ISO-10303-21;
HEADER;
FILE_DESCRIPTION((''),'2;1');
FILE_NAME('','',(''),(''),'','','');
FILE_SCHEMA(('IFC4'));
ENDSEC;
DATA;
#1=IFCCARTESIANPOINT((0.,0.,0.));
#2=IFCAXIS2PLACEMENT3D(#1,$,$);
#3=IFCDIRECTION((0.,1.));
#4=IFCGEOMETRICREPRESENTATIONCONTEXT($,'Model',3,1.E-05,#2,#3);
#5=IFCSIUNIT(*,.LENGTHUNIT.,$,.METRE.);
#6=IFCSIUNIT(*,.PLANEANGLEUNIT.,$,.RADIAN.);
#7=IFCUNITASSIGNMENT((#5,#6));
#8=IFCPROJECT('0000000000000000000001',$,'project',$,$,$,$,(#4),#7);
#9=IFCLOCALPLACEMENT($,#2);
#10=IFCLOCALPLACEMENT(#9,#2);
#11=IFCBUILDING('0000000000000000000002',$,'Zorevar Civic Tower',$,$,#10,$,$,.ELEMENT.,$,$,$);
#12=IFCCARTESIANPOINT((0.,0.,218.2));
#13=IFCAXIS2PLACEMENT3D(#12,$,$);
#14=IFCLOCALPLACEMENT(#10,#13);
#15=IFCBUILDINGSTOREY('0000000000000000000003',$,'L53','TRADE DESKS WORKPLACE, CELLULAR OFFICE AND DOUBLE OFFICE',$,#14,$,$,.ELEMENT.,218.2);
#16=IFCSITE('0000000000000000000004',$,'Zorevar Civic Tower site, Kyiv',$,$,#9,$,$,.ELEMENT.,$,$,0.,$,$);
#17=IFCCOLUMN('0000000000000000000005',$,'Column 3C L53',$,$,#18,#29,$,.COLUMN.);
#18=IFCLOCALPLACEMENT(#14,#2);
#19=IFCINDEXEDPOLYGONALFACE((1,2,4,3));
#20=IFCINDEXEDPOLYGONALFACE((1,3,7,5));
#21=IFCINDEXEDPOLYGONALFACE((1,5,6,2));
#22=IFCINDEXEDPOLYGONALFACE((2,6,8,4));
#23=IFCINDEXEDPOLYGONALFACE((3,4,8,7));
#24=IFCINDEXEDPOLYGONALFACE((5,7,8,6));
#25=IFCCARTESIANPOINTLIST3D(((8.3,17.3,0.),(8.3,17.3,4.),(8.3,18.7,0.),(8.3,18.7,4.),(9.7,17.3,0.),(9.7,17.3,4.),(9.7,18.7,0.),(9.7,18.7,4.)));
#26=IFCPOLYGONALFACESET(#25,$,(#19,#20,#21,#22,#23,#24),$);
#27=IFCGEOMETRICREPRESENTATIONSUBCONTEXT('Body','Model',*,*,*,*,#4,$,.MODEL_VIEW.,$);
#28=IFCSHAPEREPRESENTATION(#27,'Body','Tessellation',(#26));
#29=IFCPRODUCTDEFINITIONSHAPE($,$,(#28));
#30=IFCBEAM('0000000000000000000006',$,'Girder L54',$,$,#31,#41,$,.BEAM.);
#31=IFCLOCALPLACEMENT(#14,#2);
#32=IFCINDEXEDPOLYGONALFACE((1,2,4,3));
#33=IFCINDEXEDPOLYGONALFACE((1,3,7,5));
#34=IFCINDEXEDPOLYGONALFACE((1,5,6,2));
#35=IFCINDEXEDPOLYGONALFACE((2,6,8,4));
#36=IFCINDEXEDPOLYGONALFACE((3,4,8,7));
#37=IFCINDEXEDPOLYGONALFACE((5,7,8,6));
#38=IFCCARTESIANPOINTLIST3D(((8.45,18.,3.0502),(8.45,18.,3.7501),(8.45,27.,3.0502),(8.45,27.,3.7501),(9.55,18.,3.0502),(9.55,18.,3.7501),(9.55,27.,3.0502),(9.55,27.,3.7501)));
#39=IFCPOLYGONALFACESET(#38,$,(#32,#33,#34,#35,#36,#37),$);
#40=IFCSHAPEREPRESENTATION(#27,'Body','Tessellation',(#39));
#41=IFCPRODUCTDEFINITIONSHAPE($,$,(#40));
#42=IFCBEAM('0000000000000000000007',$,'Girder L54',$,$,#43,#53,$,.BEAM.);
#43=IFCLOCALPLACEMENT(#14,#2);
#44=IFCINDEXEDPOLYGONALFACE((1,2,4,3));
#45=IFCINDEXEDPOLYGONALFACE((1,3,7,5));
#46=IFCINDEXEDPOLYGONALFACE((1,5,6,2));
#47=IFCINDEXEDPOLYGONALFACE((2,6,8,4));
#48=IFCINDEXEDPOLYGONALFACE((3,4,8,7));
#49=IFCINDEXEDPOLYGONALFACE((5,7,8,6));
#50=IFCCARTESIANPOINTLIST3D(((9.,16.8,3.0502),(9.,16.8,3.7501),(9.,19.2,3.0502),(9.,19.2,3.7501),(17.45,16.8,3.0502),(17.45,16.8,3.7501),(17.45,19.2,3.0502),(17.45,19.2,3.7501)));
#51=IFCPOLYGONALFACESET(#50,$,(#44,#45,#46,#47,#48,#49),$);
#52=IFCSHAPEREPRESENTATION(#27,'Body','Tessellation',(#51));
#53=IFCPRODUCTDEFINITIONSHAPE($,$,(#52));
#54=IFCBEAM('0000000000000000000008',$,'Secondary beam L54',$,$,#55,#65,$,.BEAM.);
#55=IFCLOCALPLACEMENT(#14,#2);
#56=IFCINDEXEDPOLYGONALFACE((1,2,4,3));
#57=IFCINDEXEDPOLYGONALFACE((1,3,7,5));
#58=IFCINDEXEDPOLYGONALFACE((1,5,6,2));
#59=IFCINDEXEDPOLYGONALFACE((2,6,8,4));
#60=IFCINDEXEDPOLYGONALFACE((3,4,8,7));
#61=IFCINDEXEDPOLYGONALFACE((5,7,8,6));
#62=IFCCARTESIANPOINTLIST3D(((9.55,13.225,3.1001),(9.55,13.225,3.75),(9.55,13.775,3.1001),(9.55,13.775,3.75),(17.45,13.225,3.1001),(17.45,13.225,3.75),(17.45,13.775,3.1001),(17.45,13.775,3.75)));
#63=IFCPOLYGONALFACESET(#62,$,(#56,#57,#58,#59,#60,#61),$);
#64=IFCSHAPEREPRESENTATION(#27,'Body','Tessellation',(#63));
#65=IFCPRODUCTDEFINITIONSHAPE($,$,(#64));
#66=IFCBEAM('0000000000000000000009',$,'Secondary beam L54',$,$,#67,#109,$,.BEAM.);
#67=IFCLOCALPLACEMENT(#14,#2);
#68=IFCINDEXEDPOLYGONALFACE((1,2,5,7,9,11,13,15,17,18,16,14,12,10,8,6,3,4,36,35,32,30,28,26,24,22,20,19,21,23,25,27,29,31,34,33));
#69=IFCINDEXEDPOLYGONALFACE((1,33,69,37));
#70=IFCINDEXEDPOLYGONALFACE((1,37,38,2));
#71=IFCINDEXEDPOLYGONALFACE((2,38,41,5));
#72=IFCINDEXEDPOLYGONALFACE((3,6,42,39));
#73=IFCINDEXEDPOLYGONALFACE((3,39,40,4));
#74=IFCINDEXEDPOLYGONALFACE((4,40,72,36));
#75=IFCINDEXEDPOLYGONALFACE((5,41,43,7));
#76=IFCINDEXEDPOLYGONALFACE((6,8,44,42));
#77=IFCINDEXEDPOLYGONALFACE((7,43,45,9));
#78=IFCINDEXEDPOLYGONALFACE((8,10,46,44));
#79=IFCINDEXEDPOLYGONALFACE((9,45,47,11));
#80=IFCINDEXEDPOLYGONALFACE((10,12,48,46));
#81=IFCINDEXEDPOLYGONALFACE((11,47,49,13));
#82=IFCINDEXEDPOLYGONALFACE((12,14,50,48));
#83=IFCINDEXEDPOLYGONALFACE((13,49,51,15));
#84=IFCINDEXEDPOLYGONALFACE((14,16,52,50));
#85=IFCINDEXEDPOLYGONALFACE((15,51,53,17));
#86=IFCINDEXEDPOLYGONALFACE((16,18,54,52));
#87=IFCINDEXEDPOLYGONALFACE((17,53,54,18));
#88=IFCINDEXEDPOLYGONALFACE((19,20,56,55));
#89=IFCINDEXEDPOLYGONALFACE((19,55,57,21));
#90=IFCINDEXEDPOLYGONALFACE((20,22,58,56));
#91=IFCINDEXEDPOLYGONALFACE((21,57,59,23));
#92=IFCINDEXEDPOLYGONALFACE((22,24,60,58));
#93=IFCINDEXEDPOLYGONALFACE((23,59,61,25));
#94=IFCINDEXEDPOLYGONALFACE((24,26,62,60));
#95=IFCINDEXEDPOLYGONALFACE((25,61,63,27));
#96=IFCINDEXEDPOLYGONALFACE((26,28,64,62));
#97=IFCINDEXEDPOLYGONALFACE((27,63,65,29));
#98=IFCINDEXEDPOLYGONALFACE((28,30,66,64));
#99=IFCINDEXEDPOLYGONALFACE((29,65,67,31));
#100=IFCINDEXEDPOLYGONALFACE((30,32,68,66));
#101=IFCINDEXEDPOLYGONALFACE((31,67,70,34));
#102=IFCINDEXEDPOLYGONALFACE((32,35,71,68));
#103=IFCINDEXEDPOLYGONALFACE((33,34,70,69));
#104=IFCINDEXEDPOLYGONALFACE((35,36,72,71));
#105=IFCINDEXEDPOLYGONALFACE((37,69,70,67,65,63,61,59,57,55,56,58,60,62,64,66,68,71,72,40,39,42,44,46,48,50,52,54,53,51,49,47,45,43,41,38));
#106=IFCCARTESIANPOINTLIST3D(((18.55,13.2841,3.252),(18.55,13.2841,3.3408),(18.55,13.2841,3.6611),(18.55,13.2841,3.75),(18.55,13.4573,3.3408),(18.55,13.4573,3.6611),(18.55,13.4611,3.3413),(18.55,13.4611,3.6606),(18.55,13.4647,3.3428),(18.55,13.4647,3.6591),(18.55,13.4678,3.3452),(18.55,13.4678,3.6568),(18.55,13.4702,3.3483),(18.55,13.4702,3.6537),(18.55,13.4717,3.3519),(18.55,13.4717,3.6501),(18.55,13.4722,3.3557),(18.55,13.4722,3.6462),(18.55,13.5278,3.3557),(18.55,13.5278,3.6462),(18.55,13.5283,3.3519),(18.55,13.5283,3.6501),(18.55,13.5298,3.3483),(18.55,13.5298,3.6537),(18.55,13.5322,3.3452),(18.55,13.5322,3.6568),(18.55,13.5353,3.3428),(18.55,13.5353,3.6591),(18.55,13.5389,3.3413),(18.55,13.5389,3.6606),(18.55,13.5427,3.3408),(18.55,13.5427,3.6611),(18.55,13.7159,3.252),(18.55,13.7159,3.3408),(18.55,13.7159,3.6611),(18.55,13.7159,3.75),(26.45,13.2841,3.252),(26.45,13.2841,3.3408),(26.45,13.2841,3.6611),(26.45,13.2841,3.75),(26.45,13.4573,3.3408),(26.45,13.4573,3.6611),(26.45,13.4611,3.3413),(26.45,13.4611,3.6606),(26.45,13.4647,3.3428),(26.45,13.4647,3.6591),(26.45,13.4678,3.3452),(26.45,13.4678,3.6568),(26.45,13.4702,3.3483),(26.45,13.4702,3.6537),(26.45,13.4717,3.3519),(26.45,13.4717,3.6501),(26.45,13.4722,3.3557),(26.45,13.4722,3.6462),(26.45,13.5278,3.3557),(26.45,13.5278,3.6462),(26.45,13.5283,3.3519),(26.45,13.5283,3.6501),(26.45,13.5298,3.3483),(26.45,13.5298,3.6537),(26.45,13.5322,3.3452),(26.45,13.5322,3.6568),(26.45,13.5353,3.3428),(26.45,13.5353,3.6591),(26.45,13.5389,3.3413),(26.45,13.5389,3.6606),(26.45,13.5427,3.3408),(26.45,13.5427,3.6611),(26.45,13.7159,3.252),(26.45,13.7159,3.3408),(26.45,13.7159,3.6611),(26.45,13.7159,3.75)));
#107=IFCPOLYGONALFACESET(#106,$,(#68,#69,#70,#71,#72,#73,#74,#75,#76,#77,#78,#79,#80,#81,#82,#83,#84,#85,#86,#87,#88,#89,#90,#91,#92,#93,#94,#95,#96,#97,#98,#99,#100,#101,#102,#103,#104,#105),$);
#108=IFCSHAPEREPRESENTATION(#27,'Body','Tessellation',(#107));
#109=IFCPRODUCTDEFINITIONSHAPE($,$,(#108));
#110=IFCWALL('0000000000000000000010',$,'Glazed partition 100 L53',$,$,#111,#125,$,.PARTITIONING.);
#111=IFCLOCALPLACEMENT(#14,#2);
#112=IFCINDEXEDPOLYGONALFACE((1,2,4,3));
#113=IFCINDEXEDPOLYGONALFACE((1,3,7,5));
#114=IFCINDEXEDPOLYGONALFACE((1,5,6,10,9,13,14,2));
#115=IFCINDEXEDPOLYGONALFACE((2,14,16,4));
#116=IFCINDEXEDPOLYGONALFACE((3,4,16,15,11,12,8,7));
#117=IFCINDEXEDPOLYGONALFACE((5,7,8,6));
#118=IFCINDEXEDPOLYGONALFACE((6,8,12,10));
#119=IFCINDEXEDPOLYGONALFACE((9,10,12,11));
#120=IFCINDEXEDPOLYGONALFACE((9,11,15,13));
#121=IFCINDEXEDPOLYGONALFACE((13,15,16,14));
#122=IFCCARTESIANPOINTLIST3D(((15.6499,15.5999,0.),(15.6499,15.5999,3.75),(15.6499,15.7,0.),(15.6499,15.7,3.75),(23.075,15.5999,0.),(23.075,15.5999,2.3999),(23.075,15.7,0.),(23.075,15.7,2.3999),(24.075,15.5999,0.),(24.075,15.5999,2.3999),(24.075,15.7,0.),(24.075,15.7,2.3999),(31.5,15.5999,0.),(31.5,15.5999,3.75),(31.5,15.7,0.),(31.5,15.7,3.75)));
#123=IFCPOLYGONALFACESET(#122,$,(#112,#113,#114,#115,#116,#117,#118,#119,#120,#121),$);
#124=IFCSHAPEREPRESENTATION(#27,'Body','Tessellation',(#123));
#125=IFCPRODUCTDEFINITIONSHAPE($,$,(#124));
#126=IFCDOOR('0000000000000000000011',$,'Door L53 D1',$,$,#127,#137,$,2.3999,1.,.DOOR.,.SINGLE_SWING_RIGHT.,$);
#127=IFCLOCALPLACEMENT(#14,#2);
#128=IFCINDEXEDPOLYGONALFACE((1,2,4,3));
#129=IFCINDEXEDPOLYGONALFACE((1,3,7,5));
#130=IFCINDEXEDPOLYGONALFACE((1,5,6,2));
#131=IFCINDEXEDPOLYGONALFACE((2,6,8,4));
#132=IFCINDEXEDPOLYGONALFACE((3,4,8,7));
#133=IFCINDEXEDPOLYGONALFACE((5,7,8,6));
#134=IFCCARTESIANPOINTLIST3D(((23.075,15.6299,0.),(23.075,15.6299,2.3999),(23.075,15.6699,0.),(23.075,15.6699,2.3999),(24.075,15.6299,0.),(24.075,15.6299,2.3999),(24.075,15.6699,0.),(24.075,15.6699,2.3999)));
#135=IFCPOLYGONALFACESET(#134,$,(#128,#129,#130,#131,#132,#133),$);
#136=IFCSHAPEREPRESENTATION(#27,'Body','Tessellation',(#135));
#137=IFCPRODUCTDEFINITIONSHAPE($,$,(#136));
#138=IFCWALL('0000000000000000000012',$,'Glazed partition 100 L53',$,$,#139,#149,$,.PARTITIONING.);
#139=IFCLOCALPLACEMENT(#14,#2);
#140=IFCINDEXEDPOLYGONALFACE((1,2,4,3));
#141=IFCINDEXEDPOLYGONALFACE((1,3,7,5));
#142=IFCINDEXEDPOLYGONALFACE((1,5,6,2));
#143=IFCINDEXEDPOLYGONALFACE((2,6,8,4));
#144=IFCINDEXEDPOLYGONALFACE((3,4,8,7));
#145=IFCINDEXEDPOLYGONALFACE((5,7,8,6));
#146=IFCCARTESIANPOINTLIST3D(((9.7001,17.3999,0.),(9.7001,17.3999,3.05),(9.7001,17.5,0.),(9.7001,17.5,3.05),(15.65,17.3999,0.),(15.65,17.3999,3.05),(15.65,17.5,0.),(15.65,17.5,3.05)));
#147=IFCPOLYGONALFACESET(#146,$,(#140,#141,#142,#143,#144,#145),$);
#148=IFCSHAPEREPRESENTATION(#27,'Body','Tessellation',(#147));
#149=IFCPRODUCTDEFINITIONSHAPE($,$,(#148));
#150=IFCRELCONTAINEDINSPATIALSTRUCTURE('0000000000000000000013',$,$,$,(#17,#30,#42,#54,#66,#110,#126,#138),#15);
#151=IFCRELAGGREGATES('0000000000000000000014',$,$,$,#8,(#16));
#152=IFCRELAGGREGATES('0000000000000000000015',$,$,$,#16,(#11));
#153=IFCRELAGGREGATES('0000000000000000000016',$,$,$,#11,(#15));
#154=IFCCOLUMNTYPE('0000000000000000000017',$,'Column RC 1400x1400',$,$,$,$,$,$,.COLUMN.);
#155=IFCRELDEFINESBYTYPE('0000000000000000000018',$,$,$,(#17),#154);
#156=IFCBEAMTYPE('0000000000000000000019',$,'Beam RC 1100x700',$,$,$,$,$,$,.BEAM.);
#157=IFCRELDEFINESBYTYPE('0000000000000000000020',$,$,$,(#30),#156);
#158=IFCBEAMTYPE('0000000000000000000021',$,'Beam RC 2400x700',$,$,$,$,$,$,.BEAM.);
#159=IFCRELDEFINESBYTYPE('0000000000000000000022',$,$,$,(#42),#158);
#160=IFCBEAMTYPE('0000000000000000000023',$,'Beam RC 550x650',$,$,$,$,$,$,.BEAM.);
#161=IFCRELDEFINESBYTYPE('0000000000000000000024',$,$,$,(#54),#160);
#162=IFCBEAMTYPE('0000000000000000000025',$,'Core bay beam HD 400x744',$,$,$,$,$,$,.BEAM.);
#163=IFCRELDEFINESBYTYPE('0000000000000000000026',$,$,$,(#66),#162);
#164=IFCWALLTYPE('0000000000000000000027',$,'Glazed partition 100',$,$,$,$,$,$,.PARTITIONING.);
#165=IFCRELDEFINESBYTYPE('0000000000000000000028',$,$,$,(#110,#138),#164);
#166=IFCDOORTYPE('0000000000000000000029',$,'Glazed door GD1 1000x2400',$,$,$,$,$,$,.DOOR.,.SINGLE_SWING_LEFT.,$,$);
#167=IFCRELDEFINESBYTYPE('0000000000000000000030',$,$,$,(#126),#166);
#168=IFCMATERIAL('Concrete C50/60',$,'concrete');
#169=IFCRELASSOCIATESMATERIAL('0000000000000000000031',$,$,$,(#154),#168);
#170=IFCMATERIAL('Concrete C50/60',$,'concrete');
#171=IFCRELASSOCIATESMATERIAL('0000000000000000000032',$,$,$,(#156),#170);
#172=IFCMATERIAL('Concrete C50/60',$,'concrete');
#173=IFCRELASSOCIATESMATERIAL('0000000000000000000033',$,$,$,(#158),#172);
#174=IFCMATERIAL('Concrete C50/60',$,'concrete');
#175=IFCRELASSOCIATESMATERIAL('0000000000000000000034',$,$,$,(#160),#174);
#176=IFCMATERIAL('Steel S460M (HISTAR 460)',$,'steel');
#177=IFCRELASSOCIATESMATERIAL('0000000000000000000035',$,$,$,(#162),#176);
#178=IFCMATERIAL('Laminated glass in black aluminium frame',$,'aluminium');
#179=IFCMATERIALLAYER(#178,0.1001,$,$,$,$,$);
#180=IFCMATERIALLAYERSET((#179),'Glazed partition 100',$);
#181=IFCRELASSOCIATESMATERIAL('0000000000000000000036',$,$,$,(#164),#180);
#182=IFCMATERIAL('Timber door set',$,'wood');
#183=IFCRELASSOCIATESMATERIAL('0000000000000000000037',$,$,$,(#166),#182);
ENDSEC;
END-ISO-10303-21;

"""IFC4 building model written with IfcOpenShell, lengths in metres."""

from ifc_helpers import new_model, si_unit, direction, frame, frame_2d, origin, origin_2d, place, context, subcontext, project, spatial, rectangle, i_section, extrude, material, layer, layer_set, material_profile, profile_set, type_object, element, fill, save


model = new_model("IFC4")

# Units and contexts
model_context = context("Model", 3, precision=1e-05, world=origin(), true_north=direction((0.0, 1.0)))
body_context = subcontext(model_context, "Body", "Model", "MODEL_VIEW")
ifc_project = project(units=[si_unit("LENGTHUNIT", "METRE"), si_unit("PLANEANGLEUNIT", "RADIAN")], contexts=[model_context])

# Site, building, storey
site_placement = place(None, origin())
site = spatial("IfcSite", under=ifc_project, at=site_placement, Name="Zorevar Civic Tower site, Kyiv", CompositionType="ELEMENT", RefElevation=0.0)
building_placement = place(site_placement, origin())
building = spatial("IfcBuilding", under=site, at=building_placement, Name="Zorevar Civic Tower", CompositionType="ELEMENT")
storey_placement = place(building_placement, frame((0.0, 0.0, 218.2)))
storey = spatial("IfcBuildingStorey", under=building, at=storey_placement, Name="L53", Description="TRADE DESKS WORKPLACE, CELLULAR OFFICE AND DOUBLE OFFICE", CompositionType="ELEMENT", Elevation=218.2)

# Column
ifc_material_1 = material(Name="Concrete C50/60", Category="concrete")
ifc_material_profile_1 = material_profile(ifc_material_1, rectangle(XDim=1.3999, YDim=1.3999, at=origin_2d()), Name="RC 1400x1400")
ifc_profile_set_1 = profile_set([ifc_material_profile_1], Name="Concrete C50/60")
column_type = type_object("IfcColumnType", Name="Column RC 1400x1400", PredefinedType="COLUMN", material=ifc_profile_set_1)
column_placement = place(storey_placement, frame((9.0, 18.0, 0.0), z_axis=(0.0, 0.0, 1.0), x_axis=(1.0, 0.0, 0.0)))
element("IfcColumn", 1, at=column_placement, inside=storey, type_object=column_type, Name="Column 3C L53", PredefinedType="COLUMN", context=body_context, shape_type="SweptSolid", body=[
    extrude(rectangle(XDim=1.3999, YDim=1.3999, at=origin_2d()), origin(), (0.0, 0.0, 1.0), 4.0),
])

# Beams
ifc_material_2 = material(Name="Concrete C50/60", Category="concrete")
ifc_material_profile_2 = material_profile(ifc_material_2, rectangle(XDim=1.1001, YDim=0.7, at=origin_2d()), Name="RC 1100x700")
ifc_profile_set_2 = profile_set([ifc_material_profile_2], Name="Concrete C50/60")
beam_type_1 = type_object("IfcBeamType", Name="Beam RC 1100x700", PredefinedType="BEAM", material=ifc_profile_set_2)
beam_1_placement = place(storey_placement, frame((9.0, 18.0, 3.4001), z_axis=(0.0, 1.0, 0.0), x_axis=(-1.0, 0.0, 0.0)))
element("IfcBeam", 2, at=beam_1_placement, inside=storey, type_object=beam_type_1, Name="Girder L54", PredefinedType="BEAM", context=body_context, shape_type="SweptSolid", body=[
    extrude(rectangle(XDim=1.1001, YDim=0.7, at=origin_2d()), origin(), (0.0, 0.0, 1.0), 9.0),
])
ifc_material_3 = material(Name="Concrete C50/60", Category="concrete")
ifc_material_profile_3 = material_profile(ifc_material_3, rectangle(XDim=2.3999, YDim=0.7, at=origin_2d()), Name="RC 2400x700")
ifc_profile_set_3 = profile_set([ifc_material_profile_3], Name="Concrete C50/60")
beam_type_2 = type_object("IfcBeamType", Name="Beam RC 2400x700", PredefinedType="BEAM", material=ifc_profile_set_3)
beam_2_placement = place(storey_placement, frame((9.0, 18.0, 3.4001), z_axis=(1.0, 0.0, 0.0), x_axis=(0.0, 1.0, 0.0)))
element("IfcBeam", 3, at=beam_2_placement, inside=storey, type_object=beam_type_2, Name="Girder L54", PredefinedType="BEAM", context=body_context, shape_type="SweptSolid", body=[
    extrude(rectangle(XDim=2.3999, YDim=0.7, at=origin_2d()), origin(), (0.0, 0.0, 1.0), 8.45),
])
ifc_material_4 = material(Name="Concrete C50/60", Category="concrete")
ifc_material_profile_4 = material_profile(ifc_material_4, rectangle(XDim=0.55, YDim=0.6499, at=origin_2d()), Name="RC 550x650")
ifc_profile_set_4 = profile_set([ifc_material_profile_4], Name="Concrete C50/60")
beam_type_3 = type_object("IfcBeamType", Name="Beam RC 550x650", PredefinedType="BEAM", material=ifc_profile_set_4)
beam_3_placement = place(storey_placement, frame((9.55, 13.5, 3.425), z_axis=(1.0, 0.0, 0.0), x_axis=(0.0, 1.0, 0.0)))
element("IfcBeam", 4, at=beam_3_placement, inside=storey, type_object=beam_type_3, Name="Secondary beam L54", PredefinedType="BEAM", context=body_context, shape_type="SweptSolid", body=[
    extrude(rectangle(XDim=0.55, YDim=0.6499, at=origin_2d()), origin(), (0.0, 0.0, 1.0), 7.8999),
])
ifc_material_5 = material(Name="Steel S460M (HISTAR 460)", Category="steel")
ifc_material_profile_5 = material_profile(ifc_material_5, i_section(OverallWidth=0.4319, OverallDepth=0.498, WebThickness=0.0557, FlangeThickness=0.0889, FilletRadius=0.0149, at=origin_2d()), Name="HD 400x744")
ifc_profile_set_5 = profile_set([ifc_material_profile_5], Name="Steel S460M (HISTAR 460)")
beam_type_4 = type_object("IfcBeamType", Name="Core bay beam HD 400x744", PredefinedType="BEAM", material=ifc_profile_set_5)
beam_4_placement = place(storey_placement, frame((18.55, 13.5, 3.501), z_axis=(1.0, 0.0, 0.0), x_axis=(0.0, 1.0, 0.0)))
element("IfcBeam", 5, at=beam_4_placement, inside=storey, type_object=beam_type_4, Name="Secondary beam L54", PredefinedType="BEAM", context=body_context, shape_type="SweptSolid", body=[
    extrude(i_section(OverallWidth=0.4319, OverallDepth=0.498, WebThickness=0.0557, FlangeThickness=0.0889, FilletRadius=0.0149, at=origin_2d()), origin(), (0.0, 0.0, 1.0), 7.8999),
])

# Wall, opening, door
ifc_material_6 = material(Name="Laminated glass in black aluminium frame", Category="aluminium")
ifc_layer_1 = layer(ifc_material_6, 0.1001)
ifc_layer_set_1 = layer_set([ifc_layer_1], Name="Glazed partition 100")
wall_type_1 = type_object("IfcWallType", Name="Glazed partition 100", PredefinedType="PARTITIONING", material=ifc_layer_set_1)
wall_1_placement = place(storey_placement, frame((15.6499, 15.6499, 0.0), z_axis=(0.0, 0.0, 1.0), x_axis=(1.0, 0.0, 0.0)))
wall_1 = element("IfcWall", 6, at=wall_1_placement, inside=storey, type_object=wall_type_1, Name="Glazed partition 100 L53", PredefinedType="PARTITIONING", context=body_context, shape_type="SweptSolid", body=[
    extrude(rectangle(XDim=15.8501, YDim=0.1001, at=frame_2d((7.925, 0.0))), origin(), (0.0, 0.0, 1.0), 3.75),
])
opening_1_placement = place(wall_1_placement, frame((7.425, 0.0, 0.0)))
opening_1 = element("IfcOpeningElement", 7, at=opening_1_placement, cuts=wall_1, PredefinedType="OPENING", context=body_context, shape_type="SweptSolid", body=[
    extrude(rectangle(XDim=1.0, YDim=2.3999, at=frame_2d((0.5, 1.2))), frame((0.0, 0.0601, 0.0), z_axis=(0.0, -1.0, 0.0), x_axis=(1.0, 0.0, 0.0)), (0.0, 0.0, 1.0), 0.1201),
])
ifc_material_7 = material(Name="Timber door set", Category="wood")
door_type_1 = type_object("IfcDoorType", Name="Glazed door GD1 1000x2400", OperationType="SINGLE_SWING_LEFT", PredefinedType="DOOR", material=ifc_material_7)
door_1_placement = place(opening_1_placement, origin())
door_1 = element("IfcDoor", 8, at=door_1_placement, inside=storey, type_object=door_type_1, Name="Door L53 D1", OperationType="SINGLE_SWING_RIGHT", OverallHeight=2.3999, OverallWidth=1.0, PredefinedType="DOOR", context=body_context, shape_type="SweptSolid", body=[
    extrude(rectangle(XDim=1.0, YDim=2.3999, at=frame_2d((0.5, 1.2))), frame((0.0, 0.02, 0.0), z_axis=(0.0, -1.0, 0.0), x_axis=(1.0, 0.0, 0.0)), (0.0, 0.0, 1.0), 0.04),
])
fill(opening_1, door_1)

# Wall
wall_2_placement = place(storey_placement, frame((9.7, 17.45, 0.0), z_axis=(0.0, 0.0, 1.0), x_axis=(1.0, 0.0, 0.0)))
element("IfcWall", 9, at=wall_2_placement, inside=storey, type_object=wall_type_1, Name="Glazed partition 100 L53", PredefinedType="PARTITIONING", context=body_context, shape_type="SweptSolid", body=[
    extrude(rectangle(XDim=5.95, YDim=0.1001, at=frame_2d((2.9751, 0.0))), origin(), (0.0, 0.0, 1.0), 3.05),
])

save(model, "model.ifc")
